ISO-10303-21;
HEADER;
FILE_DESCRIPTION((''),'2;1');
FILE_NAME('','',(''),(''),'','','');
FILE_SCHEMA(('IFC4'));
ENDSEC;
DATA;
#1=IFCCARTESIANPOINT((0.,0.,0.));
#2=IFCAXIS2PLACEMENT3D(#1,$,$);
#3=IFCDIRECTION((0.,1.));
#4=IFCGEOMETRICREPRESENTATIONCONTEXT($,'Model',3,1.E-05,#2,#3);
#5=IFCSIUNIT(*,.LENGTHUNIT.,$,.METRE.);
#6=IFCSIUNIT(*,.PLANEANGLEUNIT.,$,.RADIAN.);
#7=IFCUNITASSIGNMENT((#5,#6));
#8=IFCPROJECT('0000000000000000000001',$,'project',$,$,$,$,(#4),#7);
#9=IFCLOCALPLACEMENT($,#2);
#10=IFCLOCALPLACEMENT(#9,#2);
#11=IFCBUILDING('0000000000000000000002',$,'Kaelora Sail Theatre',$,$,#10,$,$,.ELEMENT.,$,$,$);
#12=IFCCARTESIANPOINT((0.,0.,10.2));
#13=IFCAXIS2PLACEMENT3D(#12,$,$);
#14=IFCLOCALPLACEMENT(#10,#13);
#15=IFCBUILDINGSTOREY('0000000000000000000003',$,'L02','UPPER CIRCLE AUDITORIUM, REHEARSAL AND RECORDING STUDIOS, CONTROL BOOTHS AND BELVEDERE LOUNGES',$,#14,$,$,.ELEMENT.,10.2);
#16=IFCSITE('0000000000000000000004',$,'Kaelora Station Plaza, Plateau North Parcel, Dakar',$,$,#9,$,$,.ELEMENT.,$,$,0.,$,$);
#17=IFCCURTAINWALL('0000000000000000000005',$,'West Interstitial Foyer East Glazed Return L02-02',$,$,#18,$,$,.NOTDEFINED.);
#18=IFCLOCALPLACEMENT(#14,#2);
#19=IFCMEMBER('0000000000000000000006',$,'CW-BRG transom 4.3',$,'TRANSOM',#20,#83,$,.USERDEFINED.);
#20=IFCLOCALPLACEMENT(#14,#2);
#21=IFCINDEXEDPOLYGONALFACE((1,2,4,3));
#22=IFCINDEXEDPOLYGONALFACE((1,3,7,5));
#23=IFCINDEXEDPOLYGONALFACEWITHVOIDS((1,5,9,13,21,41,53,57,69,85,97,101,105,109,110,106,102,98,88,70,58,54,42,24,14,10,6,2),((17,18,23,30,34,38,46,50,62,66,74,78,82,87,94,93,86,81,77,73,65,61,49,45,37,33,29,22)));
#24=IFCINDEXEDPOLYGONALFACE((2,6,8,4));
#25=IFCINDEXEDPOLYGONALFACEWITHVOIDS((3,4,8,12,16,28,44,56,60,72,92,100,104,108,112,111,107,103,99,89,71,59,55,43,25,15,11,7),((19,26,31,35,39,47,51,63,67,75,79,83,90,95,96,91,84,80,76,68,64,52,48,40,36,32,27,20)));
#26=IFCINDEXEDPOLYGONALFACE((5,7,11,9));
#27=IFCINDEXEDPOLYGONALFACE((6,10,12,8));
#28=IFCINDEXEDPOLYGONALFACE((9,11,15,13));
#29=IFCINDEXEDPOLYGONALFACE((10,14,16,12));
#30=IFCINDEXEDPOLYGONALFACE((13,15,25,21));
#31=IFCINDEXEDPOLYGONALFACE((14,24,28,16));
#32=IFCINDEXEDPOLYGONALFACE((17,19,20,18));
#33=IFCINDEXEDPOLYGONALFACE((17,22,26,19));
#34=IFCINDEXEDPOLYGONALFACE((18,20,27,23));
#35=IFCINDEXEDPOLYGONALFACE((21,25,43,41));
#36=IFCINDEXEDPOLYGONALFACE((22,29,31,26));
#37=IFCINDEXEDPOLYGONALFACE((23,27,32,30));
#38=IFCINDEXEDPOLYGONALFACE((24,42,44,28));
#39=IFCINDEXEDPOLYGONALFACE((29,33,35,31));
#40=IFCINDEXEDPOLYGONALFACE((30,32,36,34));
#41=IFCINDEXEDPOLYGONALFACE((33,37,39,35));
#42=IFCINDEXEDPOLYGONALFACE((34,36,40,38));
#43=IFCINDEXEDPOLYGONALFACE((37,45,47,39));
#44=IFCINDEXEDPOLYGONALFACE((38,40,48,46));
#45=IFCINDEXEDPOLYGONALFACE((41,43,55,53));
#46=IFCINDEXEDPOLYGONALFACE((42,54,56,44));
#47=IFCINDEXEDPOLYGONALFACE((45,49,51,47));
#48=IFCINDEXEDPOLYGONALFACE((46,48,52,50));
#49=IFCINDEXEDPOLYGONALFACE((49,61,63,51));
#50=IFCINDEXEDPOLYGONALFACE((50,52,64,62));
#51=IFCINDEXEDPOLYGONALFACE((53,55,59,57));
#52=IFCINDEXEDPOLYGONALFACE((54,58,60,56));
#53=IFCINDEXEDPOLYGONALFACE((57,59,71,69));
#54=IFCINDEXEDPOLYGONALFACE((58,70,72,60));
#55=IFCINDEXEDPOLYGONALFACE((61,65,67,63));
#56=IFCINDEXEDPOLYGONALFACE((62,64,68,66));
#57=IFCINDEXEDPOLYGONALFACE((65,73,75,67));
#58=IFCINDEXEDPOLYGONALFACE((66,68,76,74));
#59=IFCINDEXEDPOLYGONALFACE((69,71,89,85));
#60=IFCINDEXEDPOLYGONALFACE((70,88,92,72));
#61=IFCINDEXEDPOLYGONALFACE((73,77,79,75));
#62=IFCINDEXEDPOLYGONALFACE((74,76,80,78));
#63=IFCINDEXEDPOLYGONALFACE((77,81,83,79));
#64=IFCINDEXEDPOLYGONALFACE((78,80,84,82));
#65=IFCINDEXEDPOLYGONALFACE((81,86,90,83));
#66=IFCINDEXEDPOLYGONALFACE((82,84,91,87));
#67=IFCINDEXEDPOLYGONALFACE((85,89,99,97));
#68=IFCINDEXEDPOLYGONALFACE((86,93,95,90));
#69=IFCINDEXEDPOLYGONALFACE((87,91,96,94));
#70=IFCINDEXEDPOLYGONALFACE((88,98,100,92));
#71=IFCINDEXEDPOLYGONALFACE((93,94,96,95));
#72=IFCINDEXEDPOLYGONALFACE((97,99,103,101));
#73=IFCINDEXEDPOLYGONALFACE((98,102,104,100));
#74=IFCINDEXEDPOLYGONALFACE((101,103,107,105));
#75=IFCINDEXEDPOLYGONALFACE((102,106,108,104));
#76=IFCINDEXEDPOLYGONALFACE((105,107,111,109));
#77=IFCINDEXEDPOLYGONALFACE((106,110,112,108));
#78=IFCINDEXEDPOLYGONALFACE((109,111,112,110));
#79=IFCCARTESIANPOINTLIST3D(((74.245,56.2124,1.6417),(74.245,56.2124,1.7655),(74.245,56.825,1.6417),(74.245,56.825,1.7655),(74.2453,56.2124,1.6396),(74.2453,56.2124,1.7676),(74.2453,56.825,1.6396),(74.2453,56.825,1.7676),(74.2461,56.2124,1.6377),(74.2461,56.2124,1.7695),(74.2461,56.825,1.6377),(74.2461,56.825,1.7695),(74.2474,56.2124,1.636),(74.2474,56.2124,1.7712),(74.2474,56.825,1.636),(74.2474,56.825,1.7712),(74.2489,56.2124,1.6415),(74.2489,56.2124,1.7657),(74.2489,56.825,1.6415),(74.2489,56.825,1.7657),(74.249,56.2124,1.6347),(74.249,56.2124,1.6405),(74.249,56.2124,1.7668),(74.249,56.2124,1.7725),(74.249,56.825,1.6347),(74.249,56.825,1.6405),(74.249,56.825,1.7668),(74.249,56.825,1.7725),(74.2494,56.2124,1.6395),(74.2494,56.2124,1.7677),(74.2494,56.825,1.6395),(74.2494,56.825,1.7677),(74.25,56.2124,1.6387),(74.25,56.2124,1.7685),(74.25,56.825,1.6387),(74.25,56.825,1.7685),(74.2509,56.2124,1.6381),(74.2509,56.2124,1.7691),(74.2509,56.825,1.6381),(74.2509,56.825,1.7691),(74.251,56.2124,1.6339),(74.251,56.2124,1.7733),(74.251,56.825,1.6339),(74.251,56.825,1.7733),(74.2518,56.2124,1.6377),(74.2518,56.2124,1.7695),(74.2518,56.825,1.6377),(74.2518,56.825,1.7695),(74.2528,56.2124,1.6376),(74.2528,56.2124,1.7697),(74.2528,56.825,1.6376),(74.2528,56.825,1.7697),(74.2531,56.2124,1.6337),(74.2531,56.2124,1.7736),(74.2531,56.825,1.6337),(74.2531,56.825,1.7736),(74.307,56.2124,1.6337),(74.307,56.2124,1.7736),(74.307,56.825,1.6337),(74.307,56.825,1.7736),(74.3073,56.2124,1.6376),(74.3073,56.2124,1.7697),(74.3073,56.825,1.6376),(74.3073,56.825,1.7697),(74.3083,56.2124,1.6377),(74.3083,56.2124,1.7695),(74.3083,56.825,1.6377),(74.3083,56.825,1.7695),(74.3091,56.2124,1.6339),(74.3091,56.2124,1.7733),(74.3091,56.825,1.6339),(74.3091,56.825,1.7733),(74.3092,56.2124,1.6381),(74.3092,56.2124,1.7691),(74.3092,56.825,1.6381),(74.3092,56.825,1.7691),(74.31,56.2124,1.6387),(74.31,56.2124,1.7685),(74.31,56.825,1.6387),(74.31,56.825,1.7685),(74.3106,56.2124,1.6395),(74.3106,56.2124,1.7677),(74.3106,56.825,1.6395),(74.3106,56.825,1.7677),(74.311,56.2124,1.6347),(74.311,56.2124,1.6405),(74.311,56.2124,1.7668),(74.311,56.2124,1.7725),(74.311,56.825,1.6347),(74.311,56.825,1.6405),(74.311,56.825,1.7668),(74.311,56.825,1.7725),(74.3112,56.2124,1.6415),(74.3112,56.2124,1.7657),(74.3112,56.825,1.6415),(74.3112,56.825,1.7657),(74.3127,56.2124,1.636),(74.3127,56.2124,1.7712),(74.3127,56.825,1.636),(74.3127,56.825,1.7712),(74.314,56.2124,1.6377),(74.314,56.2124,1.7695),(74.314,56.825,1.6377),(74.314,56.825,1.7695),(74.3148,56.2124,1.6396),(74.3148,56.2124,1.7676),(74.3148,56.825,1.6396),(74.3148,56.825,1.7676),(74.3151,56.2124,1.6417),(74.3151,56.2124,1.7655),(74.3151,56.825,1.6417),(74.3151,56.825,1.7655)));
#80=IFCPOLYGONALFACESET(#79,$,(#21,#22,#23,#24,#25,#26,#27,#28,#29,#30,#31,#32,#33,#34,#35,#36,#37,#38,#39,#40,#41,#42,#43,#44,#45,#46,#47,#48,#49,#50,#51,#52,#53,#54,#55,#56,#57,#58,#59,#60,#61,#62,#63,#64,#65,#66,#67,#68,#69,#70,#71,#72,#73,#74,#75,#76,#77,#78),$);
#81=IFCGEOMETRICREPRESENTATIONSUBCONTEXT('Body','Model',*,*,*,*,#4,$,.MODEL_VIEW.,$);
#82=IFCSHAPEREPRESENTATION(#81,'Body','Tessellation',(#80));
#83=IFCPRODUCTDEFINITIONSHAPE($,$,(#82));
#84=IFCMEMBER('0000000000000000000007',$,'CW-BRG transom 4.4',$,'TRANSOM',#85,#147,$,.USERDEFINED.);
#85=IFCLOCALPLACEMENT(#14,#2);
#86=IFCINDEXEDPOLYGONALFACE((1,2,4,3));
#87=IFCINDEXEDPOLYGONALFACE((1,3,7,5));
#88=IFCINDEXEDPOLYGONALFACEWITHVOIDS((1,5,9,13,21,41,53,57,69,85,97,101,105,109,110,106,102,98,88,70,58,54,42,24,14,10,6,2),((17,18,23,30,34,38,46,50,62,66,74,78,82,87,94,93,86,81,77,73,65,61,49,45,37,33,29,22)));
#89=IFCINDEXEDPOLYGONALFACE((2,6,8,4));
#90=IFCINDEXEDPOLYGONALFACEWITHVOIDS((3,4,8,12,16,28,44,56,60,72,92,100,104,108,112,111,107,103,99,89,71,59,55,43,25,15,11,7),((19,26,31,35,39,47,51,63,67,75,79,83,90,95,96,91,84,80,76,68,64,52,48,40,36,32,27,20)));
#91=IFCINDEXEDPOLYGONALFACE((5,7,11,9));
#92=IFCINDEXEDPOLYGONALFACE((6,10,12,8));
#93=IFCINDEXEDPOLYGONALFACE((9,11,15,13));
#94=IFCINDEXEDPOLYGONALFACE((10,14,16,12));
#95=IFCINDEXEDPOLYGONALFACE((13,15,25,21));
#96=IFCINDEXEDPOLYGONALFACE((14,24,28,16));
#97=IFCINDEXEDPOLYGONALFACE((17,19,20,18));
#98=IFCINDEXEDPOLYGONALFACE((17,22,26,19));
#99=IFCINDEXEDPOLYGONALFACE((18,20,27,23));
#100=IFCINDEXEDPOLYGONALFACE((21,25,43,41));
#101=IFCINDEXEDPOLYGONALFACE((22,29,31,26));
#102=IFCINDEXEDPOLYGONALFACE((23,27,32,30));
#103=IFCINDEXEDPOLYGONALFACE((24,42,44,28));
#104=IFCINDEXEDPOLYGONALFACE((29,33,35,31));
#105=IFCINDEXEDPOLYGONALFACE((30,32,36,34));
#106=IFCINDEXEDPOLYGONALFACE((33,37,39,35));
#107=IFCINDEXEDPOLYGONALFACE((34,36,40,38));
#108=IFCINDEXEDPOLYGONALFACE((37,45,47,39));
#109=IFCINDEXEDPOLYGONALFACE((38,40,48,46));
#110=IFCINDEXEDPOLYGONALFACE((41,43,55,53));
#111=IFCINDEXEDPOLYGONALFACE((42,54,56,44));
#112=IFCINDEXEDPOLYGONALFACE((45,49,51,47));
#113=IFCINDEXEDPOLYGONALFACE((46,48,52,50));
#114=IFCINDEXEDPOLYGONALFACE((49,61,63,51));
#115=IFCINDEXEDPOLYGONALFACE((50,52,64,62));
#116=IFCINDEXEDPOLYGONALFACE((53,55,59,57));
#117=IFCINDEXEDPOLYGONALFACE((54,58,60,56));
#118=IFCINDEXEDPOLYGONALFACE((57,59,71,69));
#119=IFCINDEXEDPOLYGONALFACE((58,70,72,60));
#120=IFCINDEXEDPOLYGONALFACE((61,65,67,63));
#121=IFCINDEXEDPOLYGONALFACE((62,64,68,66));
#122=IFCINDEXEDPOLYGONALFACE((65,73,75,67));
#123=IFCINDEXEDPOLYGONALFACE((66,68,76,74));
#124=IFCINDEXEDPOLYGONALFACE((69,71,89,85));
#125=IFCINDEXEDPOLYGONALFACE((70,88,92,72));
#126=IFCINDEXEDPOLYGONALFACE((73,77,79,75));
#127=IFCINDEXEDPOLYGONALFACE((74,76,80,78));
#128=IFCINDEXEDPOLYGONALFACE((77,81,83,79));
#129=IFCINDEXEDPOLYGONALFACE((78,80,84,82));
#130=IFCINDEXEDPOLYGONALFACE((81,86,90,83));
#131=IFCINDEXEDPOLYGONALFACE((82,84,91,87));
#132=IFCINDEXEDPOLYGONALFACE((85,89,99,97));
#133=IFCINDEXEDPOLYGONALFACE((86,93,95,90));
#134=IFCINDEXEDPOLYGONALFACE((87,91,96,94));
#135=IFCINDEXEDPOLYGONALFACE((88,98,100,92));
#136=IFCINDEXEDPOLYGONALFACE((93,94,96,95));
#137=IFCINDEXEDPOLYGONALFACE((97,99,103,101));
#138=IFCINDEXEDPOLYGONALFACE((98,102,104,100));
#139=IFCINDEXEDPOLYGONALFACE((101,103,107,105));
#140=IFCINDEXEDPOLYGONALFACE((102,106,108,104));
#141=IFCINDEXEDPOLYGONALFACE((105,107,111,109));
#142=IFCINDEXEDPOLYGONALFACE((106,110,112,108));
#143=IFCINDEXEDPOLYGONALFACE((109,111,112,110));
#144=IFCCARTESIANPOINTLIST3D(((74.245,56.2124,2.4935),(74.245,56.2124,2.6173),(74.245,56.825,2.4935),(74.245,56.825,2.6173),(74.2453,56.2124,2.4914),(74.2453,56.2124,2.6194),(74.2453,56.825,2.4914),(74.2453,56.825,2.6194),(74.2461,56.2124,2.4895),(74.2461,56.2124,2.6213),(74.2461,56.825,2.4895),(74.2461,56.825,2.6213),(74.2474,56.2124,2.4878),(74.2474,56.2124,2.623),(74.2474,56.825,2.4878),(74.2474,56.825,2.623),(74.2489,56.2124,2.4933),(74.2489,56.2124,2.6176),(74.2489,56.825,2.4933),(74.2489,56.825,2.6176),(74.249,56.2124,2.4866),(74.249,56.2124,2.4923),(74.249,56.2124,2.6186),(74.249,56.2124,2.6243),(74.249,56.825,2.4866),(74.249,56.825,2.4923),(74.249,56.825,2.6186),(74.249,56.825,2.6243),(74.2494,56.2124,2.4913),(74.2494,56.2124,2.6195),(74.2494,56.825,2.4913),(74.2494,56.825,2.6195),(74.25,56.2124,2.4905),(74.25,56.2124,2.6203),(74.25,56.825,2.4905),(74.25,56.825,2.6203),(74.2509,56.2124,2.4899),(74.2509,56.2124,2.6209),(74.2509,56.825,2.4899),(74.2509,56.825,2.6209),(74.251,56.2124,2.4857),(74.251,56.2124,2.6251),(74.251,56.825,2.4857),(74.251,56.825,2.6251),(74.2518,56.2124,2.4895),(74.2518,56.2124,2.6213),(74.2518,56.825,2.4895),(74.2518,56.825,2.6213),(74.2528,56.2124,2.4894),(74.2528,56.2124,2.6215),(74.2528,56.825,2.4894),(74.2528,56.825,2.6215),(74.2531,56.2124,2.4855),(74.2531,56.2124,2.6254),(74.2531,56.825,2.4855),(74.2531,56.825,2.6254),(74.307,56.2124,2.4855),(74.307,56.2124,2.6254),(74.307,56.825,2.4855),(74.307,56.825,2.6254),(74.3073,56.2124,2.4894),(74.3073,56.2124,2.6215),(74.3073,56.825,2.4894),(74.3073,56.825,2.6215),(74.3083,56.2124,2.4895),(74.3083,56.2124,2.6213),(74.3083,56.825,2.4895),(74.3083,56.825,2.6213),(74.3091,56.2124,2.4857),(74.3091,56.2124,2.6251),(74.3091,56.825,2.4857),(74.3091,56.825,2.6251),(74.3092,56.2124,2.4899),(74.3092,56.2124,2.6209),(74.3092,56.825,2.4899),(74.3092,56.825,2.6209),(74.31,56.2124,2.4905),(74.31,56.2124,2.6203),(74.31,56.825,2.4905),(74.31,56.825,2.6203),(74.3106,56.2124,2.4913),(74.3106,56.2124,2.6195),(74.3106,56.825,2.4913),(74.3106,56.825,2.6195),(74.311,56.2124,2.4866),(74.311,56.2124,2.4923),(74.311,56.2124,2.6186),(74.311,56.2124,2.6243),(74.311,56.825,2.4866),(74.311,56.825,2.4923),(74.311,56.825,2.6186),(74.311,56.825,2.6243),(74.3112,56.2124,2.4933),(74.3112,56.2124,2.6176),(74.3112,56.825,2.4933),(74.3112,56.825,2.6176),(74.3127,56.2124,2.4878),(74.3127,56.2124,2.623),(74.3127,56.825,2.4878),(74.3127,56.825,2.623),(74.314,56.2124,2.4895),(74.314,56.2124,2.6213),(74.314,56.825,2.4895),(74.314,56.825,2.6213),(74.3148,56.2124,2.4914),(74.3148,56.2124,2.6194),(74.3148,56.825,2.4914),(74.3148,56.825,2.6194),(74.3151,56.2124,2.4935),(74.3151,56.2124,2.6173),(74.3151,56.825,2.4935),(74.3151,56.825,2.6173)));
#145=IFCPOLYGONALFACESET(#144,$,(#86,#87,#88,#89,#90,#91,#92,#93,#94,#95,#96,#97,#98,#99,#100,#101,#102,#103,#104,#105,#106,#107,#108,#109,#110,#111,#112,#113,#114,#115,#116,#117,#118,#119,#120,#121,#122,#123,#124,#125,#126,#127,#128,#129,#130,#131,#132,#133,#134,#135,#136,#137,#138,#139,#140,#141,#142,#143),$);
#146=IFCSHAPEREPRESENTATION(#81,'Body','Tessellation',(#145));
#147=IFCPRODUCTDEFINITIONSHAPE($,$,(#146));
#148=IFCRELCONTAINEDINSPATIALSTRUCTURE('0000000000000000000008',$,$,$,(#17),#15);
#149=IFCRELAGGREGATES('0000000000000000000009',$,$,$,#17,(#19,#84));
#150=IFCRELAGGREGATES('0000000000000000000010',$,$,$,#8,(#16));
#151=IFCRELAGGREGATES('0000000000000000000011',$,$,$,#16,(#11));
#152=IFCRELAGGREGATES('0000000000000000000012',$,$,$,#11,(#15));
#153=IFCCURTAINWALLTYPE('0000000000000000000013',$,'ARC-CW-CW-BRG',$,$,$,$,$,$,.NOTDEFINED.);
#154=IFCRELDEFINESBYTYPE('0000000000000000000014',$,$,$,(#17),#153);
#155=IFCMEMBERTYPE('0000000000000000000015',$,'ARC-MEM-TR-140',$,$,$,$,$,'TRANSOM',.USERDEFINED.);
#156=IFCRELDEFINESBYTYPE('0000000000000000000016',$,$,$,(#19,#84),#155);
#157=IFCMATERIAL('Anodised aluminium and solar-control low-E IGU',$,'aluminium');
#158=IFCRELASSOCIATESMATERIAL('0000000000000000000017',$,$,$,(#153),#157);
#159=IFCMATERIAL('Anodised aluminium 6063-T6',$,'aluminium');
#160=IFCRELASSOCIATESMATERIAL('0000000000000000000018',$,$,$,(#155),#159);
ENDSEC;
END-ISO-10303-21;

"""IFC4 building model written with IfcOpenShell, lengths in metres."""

from ifc_helpers import new_model, si_unit, direction, frame, origin, origin_2d, place, context, subcontext, project, spatial, hollow_rectangle, extrude, material, material_profile, profile_set, type_object, element, aggregate, save


model = new_model("IFC4")

# Units and contexts
model_context = context("Model", 3, precision=1e-05, world=origin(), true_north=direction((0.0, 1.0)))
body_context = subcontext(model_context, "Body", "Model", "MODEL_VIEW")
ifc_project = project(units=[si_unit("LENGTHUNIT", "METRE"), si_unit("PLANEANGLEUNIT", "RADIAN")], contexts=[model_context])

# Site, building, storey
site_placement = place(None, origin())
site = spatial("IfcSite", under=ifc_project, at=site_placement, Name="Kaelora Station Plaza, Plateau North Parcel, Dakar", CompositionType="ELEMENT", RefElevation=0.0)
building_placement = place(site_placement, origin())
building = spatial("IfcBuilding", under=site, at=building_placement, Name="Kaelora Sail Theatre", CompositionType="ELEMENT")
storey_placement = place(building_placement, frame((0.0, 0.0, 10.2)))
storey = spatial("IfcBuildingStorey", under=building, at=storey_placement, Name="L02", Description="UPPER CIRCLE AUDITORIUM, REHEARSAL AND RECORDING STUDIOS, CONTROL BOOTHS AND BELVEDERE LOUNGES", CompositionType="ELEMENT", Elevation=10.2)

# Curtain wall, members
ifc_material_1 = material(Name="Anodised aluminium and solar-control low-E IGU", Category="aluminium")
curtain_wall_type = type_object("IfcCurtainWallType", Name="ARC-CW-CW-BRG", PredefinedType="NOTDEFINED", material=ifc_material_1)
curtain_wall_placement = place(storey_placement, origin())
curtain_wall = element("IfcCurtainWall", 1, at=curtain_wall_placement, inside=storey, type_object=curtain_wall_type, Name="West Interstitial Foyer East Glazed Return L02-02", PredefinedType="NOTDEFINED")
ifc_material_2 = material(Name="Anodised aluminium 6063-T6", Category="aluminium")
ifc_material_profile_1 = material_profile(ifc_material_2, hollow_rectangle(XDim=0.0701, YDim=0.1399, WallThickness=0.0039, InnerFilletRadius=0.0039, OuterFilletRadius=0.0081, at=origin_2d()), Name="ALU-TRAN 70x140x4")
ifc_profile_set_1 = profile_set([ifc_material_profile_1], Name="Anodised aluminium 6063-T6")
member_type_1 = type_object("IfcMemberType", Name="ARC-MEM-TR-140", ElementType="TRANSOM", PredefinedType="USERDEFINED", material=ifc_profile_set_1)
member_1_placement = place(storey_placement, frame((74.28, 56.2124, 1.7036), z_axis=(0.0, 1.0, 0.0), x_axis=(-1.0, 0.0, 0.0)))
member_1 = element("IfcMember", 2, at=member_1_placement, type_object=member_type_1, Name="CW-BRG transom 4.3", ObjectType="TRANSOM", PredefinedType="USERDEFINED", context=body_context, shape_type="SweptSolid", body=[
    extrude(hollow_rectangle(XDim=0.0701, YDim=0.1399, WallThickness=0.0039, InnerFilletRadius=0.0039, OuterFilletRadius=0.0081, at=origin_2d()), origin(), (0.0, 0.0, 1.0), 0.6125),
])
member_2_placement = place(storey_placement, frame((74.28, 56.2124, 2.5554), z_axis=(0.0, 1.0, 0.0), x_axis=(-1.0, 0.0, 0.0)))
member_2 = element("IfcMember", 3, at=member_2_placement, type_object=member_type_1, Name="CW-BRG transom 4.4", ObjectType="TRANSOM", PredefinedType="USERDEFINED", context=body_context, shape_type="SweptSolid", body=[
    extrude(hollow_rectangle(XDim=0.0701, YDim=0.1399, WallThickness=0.0039, InnerFilletRadius=0.0039, OuterFilletRadius=0.0081, at=origin_2d()), origin(), (0.0, 0.0, 1.0), 0.6125),
])

aggregate(curtain_wall, [member_1, member_2])

save(model, "model.ifc")
